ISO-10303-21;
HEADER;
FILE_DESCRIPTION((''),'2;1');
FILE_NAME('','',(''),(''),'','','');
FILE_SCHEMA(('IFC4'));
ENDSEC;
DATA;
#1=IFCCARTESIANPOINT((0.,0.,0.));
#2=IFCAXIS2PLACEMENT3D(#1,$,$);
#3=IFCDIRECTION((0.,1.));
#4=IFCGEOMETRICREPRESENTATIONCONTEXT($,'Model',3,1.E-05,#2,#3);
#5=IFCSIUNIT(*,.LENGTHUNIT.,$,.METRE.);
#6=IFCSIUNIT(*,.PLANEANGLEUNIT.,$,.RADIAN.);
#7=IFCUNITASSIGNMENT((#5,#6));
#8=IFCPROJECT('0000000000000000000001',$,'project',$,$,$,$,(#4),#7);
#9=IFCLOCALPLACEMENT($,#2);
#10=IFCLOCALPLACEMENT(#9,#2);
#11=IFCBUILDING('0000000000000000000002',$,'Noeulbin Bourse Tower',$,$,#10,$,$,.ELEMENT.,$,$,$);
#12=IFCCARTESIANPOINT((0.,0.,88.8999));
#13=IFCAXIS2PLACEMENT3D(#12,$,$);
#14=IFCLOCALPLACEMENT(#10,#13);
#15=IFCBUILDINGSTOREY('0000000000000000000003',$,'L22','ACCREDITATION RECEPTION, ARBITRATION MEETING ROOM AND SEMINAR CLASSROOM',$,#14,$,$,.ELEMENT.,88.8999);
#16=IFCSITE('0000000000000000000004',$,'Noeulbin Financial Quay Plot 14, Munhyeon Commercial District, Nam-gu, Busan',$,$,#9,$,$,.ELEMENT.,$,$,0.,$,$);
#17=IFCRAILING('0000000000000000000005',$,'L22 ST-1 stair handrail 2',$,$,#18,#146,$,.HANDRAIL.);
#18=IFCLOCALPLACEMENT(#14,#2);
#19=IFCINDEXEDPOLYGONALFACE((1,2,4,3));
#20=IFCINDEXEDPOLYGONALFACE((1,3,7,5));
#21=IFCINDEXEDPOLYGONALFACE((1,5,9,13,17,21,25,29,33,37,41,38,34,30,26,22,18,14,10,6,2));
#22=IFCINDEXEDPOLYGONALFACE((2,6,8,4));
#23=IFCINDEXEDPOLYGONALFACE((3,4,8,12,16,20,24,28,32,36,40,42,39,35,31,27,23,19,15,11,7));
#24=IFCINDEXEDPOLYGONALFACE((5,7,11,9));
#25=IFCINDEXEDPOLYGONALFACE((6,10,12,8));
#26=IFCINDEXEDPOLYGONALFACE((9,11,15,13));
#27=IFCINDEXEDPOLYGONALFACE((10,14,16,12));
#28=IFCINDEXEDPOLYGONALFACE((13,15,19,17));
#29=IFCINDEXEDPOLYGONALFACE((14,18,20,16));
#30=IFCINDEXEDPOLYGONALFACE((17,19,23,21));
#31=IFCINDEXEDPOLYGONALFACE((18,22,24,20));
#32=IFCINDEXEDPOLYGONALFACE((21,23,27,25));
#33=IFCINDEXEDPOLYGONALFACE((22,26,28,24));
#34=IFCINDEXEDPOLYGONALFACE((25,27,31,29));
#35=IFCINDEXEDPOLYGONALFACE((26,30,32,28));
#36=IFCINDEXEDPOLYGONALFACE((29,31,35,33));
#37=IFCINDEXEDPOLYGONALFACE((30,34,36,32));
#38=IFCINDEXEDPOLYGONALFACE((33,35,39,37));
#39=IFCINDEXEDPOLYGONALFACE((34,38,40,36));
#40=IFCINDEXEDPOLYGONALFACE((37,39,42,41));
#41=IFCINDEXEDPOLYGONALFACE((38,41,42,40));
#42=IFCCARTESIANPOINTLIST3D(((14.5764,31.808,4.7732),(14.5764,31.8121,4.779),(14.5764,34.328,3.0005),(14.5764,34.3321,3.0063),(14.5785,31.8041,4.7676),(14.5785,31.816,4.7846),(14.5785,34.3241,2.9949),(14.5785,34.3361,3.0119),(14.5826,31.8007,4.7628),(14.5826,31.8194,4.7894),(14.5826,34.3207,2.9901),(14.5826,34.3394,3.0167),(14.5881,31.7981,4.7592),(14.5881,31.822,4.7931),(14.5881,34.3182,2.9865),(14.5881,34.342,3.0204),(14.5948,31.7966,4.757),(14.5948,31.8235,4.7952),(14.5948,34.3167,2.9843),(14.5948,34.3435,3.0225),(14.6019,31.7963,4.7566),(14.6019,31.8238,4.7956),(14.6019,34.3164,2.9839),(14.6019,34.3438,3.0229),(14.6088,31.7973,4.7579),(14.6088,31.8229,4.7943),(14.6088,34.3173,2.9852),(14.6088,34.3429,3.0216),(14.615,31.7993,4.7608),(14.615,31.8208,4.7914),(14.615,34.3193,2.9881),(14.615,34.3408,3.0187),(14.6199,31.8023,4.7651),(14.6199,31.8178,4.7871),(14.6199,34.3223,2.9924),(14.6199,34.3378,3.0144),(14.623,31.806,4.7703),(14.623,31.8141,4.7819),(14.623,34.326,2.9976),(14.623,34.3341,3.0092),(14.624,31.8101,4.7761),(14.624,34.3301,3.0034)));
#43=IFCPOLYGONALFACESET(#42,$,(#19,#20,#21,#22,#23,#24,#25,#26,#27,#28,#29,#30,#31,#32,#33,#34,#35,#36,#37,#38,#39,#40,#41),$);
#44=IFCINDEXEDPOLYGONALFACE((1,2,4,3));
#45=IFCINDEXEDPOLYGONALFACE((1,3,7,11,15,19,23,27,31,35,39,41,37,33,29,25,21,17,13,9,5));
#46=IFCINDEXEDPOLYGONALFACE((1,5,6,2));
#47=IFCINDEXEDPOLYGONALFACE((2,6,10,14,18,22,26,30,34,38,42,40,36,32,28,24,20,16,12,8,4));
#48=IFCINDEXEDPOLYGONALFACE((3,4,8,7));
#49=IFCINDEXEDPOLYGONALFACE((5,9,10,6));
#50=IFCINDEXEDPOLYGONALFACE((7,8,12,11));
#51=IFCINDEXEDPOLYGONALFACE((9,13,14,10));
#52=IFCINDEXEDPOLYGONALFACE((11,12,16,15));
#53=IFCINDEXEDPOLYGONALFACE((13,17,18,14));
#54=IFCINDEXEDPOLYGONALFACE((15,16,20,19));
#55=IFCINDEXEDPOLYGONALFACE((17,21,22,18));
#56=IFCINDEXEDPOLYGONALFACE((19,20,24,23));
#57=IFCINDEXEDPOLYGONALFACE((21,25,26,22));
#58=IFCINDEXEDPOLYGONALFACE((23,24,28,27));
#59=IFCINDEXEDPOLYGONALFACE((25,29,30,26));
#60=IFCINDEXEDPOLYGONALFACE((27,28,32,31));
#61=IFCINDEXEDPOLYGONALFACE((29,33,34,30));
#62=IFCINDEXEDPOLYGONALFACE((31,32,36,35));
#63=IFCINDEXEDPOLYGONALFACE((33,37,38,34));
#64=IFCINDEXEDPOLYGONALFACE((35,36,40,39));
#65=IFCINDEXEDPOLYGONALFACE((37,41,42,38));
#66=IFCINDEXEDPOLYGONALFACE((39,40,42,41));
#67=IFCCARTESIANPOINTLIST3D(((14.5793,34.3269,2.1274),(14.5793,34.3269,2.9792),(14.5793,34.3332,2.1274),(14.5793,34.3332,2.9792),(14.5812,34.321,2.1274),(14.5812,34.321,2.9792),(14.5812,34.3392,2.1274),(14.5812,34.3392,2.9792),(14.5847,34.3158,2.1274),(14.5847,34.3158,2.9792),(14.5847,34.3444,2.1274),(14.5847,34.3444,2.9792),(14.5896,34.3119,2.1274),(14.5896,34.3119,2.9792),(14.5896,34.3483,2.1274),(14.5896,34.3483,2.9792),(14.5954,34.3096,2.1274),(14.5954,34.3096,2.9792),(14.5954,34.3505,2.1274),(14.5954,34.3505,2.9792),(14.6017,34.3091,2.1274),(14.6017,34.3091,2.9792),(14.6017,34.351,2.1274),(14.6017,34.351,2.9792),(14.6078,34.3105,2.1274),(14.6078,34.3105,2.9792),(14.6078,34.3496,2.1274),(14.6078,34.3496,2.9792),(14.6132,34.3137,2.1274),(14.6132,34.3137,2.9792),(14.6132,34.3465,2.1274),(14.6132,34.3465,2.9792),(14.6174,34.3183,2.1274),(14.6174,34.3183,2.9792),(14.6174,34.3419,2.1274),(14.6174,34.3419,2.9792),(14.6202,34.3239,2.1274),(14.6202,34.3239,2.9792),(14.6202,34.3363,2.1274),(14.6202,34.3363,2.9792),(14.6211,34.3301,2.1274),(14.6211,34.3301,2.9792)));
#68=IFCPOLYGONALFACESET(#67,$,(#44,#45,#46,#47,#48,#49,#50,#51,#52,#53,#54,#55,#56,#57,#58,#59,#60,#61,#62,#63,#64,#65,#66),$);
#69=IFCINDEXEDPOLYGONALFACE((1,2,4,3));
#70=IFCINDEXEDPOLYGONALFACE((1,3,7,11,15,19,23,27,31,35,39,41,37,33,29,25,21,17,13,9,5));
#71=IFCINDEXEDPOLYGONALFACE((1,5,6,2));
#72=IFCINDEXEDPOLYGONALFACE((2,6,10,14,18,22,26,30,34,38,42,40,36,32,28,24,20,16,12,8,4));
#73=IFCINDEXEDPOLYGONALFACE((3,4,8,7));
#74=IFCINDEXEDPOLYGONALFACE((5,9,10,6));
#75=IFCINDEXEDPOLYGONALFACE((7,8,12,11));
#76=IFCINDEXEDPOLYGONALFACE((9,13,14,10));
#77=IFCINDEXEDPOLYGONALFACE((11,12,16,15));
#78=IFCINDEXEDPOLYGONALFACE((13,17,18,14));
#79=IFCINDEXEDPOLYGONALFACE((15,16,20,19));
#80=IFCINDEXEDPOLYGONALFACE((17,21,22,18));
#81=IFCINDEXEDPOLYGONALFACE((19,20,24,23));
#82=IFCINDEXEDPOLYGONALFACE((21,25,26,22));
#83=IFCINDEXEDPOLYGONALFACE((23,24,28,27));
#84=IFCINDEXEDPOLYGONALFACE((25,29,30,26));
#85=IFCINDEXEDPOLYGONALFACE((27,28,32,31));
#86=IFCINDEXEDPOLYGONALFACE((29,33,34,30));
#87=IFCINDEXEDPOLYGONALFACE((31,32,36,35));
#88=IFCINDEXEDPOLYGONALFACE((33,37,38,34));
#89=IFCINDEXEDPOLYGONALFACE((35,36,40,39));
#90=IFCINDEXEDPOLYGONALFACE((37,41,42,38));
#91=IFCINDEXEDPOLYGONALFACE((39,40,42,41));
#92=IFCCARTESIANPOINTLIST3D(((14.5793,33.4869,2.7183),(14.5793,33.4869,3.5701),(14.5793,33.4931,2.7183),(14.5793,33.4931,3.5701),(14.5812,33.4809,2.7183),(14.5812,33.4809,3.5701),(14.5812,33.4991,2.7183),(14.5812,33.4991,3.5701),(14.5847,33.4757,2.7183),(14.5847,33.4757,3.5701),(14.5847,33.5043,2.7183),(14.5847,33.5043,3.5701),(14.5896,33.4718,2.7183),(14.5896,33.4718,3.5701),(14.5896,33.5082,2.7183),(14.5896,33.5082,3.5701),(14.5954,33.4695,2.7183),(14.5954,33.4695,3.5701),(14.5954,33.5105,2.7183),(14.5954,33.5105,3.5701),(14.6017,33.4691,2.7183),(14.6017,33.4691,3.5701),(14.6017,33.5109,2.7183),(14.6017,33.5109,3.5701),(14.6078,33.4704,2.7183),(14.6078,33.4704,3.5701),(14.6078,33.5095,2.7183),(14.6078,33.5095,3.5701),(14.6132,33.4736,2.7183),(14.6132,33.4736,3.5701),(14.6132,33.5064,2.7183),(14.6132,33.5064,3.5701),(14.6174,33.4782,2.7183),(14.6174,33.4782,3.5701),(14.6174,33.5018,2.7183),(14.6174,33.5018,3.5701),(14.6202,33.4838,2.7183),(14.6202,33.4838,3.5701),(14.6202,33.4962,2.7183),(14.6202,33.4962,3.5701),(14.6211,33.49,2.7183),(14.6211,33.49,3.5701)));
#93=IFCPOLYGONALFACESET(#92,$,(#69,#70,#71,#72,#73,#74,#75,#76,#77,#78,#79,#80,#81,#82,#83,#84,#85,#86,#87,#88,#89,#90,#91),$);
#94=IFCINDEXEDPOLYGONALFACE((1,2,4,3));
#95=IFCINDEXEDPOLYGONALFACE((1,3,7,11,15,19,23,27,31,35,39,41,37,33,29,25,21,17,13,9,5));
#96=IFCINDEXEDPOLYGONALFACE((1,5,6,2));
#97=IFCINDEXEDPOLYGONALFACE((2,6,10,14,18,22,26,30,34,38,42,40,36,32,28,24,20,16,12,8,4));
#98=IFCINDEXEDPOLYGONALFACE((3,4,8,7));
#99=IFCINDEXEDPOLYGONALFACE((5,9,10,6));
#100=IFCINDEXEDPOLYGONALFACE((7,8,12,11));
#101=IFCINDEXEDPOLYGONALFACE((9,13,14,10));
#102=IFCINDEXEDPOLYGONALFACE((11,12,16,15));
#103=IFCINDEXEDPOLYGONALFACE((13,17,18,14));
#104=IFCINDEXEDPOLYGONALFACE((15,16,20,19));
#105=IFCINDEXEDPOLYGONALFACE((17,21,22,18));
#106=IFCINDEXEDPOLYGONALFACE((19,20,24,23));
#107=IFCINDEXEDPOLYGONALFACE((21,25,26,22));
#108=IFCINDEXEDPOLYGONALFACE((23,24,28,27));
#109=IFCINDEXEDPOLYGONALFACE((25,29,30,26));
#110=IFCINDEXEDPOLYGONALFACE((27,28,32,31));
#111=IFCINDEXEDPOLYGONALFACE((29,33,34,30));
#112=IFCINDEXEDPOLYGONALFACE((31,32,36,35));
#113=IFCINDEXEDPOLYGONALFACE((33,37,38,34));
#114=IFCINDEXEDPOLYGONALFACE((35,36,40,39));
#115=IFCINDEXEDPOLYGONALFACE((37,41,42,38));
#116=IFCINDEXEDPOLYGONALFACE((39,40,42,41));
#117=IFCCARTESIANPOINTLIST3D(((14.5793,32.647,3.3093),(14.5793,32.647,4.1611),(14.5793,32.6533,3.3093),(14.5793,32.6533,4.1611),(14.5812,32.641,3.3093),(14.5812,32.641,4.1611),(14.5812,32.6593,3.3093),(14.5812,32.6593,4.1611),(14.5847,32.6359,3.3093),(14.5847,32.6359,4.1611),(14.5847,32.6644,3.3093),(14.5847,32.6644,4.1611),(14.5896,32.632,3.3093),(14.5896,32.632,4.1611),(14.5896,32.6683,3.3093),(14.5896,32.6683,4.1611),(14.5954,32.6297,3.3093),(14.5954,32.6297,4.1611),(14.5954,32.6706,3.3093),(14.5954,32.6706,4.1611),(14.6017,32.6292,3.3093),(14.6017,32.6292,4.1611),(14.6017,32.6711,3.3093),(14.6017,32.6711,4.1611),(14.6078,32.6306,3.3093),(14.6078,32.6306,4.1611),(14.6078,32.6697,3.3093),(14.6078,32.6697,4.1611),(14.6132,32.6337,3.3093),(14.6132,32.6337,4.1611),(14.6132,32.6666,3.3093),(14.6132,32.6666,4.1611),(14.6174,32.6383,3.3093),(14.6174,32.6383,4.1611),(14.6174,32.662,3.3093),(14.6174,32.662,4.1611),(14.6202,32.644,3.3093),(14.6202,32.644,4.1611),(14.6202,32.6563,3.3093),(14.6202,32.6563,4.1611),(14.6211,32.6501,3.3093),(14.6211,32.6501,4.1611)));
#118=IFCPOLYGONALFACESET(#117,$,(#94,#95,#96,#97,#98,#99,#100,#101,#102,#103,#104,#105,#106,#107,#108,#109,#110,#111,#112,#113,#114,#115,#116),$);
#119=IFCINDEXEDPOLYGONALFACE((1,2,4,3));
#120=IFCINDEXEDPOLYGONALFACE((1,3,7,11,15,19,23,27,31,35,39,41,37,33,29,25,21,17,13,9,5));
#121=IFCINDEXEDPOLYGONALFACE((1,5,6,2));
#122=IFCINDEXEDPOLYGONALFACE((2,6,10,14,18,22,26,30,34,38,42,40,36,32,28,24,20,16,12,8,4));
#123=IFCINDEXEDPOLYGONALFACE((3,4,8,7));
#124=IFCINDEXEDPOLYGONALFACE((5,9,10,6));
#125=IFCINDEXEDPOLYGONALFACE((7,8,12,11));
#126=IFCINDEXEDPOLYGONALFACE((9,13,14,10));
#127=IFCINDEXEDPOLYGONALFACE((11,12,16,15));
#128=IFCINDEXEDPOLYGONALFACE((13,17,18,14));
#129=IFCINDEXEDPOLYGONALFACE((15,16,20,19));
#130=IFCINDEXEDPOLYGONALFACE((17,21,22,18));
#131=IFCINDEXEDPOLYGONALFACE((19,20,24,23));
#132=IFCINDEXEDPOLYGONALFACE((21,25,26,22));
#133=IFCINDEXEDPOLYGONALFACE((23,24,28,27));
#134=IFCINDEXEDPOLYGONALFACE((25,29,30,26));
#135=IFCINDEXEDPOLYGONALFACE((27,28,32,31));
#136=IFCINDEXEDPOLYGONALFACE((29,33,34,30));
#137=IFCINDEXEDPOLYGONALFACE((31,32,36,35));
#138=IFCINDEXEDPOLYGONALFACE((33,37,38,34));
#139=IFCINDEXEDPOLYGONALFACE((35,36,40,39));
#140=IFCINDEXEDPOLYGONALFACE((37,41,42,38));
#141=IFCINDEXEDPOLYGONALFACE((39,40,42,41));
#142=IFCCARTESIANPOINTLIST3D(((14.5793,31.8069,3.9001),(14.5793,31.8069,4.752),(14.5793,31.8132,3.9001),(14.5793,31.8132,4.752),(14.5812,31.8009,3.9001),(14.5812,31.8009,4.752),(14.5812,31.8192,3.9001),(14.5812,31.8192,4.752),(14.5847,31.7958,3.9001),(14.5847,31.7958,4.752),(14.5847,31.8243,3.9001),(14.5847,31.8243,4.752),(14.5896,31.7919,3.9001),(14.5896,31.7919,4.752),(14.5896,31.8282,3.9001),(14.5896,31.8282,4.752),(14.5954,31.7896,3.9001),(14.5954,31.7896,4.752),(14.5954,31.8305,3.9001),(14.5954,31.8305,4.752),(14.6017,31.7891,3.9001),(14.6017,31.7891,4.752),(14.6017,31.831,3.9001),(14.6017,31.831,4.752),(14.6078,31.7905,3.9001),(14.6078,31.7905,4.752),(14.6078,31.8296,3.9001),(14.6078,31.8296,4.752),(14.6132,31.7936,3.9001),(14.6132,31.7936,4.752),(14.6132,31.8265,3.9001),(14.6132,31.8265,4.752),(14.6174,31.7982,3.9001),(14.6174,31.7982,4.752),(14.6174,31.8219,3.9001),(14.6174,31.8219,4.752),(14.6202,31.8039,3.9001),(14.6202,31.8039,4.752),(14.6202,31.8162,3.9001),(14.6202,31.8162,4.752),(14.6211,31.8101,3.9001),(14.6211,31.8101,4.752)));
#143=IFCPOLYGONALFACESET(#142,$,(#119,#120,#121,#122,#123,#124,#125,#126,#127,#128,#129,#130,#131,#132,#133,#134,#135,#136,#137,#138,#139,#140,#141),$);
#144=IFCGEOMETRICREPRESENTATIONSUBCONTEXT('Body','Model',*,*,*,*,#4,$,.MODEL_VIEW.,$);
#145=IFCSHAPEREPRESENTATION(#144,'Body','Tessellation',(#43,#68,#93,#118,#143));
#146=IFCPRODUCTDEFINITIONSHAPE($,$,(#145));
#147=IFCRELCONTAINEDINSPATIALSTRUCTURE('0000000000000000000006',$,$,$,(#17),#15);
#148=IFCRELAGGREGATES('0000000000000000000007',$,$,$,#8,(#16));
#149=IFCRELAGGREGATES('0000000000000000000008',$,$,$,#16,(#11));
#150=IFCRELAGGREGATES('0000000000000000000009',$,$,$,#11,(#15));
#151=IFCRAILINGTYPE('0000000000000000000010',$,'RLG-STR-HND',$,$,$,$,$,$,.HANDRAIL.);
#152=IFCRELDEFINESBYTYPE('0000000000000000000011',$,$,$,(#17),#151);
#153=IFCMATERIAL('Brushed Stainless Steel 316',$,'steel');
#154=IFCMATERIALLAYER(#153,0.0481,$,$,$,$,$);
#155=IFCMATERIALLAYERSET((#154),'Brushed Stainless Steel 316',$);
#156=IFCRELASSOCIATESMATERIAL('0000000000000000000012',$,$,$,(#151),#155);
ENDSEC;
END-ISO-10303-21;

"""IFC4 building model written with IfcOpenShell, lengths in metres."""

from ifc_helpers import new_model, si_unit, direction, frame, origin, origin_2d, place, context, subcontext, project, spatial, circle, extrude, material, layer, layer_set, type_object, element, save


model = new_model("IFC4")

# Units and contexts
model_context = context("Model", 3, precision=1e-05, world=origin(), true_north=direction((0.0, 1.0)))
body_context = subcontext(model_context, "Body", "Model", "MODEL_VIEW")
ifc_project = project(units=[si_unit("LENGTHUNIT", "METRE"), si_unit("PLANEANGLEUNIT", "RADIAN")], contexts=[model_context])

# Site, building, storey
site_placement = place(None, origin())
site = spatial("IfcSite", under=ifc_project, at=site_placement, Name="Noeulbin Financial Quay Plot 14, Munhyeon Commercial District, Nam-gu, Busan", CompositionType="ELEMENT", RefElevation=0.0)
building_placement = place(site_placement, origin())
building = spatial("IfcBuilding", under=site, at=building_placement, Name="Noeulbin Bourse Tower", CompositionType="ELEMENT")
storey_placement = place(building_placement, frame((0.0, 0.0, 88.8999)))
storey = spatial("IfcBuildingStorey", under=building, at=storey_placement, Name="L22", Description="ACCREDITATION RECEPTION, ARBITRATION MEETING ROOM AND SEMINAR CLASSROOM", CompositionType="ELEMENT", Elevation=88.8999)

# Shared definitions
ifc_material_1 = material(Name="Brushed Stainless Steel 316", Category="steel")

# Railing
ifc_layer_1 = layer(ifc_material_1, 0.0481)
ifc_layer_set_1 = layer_set([ifc_layer_1], Name="Brushed Stainless Steel 316")
railing_type_1 = type_object("IfcRailingType", Name="RLG-STR-HND", PredefinedType="HANDRAIL", material=ifc_layer_set_1)
railing_1_placement = place(storey_placement, frame((14.6001, 34.3301, 2.1274)))
element("IfcRailing", 1, at=railing_1_placement, inside=storey, type_object=railing_type_1, Name="L22 ST-1 stair handrail 2", PredefinedType="HANDRAIL", context=body_context, shape_type="SweptSolid", body=[
    extrude(circle(Radius=0.0239, at=origin_2d()), frame((0.0, 0.0, 0.876), z_axis=(0.0, -0.817904, 0.575354), x_axis=(1.0, 0.0, 0.0)), (0.0, 0.0, 1.0), 3.0811),
    extrude(circle(Radius=0.021, at=origin_2d()), origin(), (0.0, 0.0, 1.0), 0.8518),
    extrude(circle(Radius=0.021, at=origin_2d()), frame((0.0, -0.8401, 0.5908)), (0.0, 0.0, 1.0), 0.8518),
    extrude(circle(Radius=0.021, at=origin_2d()), frame((0.0, -1.6799, 1.1819)), (0.0, 0.0, 1.0), 0.8518),
    extrude(circle(Radius=0.021, at=origin_2d()), frame((0.0, -2.52, 1.7727)), (0.0, 0.0, 1.0), 0.8518),
])

save(model, "model.ifc")
